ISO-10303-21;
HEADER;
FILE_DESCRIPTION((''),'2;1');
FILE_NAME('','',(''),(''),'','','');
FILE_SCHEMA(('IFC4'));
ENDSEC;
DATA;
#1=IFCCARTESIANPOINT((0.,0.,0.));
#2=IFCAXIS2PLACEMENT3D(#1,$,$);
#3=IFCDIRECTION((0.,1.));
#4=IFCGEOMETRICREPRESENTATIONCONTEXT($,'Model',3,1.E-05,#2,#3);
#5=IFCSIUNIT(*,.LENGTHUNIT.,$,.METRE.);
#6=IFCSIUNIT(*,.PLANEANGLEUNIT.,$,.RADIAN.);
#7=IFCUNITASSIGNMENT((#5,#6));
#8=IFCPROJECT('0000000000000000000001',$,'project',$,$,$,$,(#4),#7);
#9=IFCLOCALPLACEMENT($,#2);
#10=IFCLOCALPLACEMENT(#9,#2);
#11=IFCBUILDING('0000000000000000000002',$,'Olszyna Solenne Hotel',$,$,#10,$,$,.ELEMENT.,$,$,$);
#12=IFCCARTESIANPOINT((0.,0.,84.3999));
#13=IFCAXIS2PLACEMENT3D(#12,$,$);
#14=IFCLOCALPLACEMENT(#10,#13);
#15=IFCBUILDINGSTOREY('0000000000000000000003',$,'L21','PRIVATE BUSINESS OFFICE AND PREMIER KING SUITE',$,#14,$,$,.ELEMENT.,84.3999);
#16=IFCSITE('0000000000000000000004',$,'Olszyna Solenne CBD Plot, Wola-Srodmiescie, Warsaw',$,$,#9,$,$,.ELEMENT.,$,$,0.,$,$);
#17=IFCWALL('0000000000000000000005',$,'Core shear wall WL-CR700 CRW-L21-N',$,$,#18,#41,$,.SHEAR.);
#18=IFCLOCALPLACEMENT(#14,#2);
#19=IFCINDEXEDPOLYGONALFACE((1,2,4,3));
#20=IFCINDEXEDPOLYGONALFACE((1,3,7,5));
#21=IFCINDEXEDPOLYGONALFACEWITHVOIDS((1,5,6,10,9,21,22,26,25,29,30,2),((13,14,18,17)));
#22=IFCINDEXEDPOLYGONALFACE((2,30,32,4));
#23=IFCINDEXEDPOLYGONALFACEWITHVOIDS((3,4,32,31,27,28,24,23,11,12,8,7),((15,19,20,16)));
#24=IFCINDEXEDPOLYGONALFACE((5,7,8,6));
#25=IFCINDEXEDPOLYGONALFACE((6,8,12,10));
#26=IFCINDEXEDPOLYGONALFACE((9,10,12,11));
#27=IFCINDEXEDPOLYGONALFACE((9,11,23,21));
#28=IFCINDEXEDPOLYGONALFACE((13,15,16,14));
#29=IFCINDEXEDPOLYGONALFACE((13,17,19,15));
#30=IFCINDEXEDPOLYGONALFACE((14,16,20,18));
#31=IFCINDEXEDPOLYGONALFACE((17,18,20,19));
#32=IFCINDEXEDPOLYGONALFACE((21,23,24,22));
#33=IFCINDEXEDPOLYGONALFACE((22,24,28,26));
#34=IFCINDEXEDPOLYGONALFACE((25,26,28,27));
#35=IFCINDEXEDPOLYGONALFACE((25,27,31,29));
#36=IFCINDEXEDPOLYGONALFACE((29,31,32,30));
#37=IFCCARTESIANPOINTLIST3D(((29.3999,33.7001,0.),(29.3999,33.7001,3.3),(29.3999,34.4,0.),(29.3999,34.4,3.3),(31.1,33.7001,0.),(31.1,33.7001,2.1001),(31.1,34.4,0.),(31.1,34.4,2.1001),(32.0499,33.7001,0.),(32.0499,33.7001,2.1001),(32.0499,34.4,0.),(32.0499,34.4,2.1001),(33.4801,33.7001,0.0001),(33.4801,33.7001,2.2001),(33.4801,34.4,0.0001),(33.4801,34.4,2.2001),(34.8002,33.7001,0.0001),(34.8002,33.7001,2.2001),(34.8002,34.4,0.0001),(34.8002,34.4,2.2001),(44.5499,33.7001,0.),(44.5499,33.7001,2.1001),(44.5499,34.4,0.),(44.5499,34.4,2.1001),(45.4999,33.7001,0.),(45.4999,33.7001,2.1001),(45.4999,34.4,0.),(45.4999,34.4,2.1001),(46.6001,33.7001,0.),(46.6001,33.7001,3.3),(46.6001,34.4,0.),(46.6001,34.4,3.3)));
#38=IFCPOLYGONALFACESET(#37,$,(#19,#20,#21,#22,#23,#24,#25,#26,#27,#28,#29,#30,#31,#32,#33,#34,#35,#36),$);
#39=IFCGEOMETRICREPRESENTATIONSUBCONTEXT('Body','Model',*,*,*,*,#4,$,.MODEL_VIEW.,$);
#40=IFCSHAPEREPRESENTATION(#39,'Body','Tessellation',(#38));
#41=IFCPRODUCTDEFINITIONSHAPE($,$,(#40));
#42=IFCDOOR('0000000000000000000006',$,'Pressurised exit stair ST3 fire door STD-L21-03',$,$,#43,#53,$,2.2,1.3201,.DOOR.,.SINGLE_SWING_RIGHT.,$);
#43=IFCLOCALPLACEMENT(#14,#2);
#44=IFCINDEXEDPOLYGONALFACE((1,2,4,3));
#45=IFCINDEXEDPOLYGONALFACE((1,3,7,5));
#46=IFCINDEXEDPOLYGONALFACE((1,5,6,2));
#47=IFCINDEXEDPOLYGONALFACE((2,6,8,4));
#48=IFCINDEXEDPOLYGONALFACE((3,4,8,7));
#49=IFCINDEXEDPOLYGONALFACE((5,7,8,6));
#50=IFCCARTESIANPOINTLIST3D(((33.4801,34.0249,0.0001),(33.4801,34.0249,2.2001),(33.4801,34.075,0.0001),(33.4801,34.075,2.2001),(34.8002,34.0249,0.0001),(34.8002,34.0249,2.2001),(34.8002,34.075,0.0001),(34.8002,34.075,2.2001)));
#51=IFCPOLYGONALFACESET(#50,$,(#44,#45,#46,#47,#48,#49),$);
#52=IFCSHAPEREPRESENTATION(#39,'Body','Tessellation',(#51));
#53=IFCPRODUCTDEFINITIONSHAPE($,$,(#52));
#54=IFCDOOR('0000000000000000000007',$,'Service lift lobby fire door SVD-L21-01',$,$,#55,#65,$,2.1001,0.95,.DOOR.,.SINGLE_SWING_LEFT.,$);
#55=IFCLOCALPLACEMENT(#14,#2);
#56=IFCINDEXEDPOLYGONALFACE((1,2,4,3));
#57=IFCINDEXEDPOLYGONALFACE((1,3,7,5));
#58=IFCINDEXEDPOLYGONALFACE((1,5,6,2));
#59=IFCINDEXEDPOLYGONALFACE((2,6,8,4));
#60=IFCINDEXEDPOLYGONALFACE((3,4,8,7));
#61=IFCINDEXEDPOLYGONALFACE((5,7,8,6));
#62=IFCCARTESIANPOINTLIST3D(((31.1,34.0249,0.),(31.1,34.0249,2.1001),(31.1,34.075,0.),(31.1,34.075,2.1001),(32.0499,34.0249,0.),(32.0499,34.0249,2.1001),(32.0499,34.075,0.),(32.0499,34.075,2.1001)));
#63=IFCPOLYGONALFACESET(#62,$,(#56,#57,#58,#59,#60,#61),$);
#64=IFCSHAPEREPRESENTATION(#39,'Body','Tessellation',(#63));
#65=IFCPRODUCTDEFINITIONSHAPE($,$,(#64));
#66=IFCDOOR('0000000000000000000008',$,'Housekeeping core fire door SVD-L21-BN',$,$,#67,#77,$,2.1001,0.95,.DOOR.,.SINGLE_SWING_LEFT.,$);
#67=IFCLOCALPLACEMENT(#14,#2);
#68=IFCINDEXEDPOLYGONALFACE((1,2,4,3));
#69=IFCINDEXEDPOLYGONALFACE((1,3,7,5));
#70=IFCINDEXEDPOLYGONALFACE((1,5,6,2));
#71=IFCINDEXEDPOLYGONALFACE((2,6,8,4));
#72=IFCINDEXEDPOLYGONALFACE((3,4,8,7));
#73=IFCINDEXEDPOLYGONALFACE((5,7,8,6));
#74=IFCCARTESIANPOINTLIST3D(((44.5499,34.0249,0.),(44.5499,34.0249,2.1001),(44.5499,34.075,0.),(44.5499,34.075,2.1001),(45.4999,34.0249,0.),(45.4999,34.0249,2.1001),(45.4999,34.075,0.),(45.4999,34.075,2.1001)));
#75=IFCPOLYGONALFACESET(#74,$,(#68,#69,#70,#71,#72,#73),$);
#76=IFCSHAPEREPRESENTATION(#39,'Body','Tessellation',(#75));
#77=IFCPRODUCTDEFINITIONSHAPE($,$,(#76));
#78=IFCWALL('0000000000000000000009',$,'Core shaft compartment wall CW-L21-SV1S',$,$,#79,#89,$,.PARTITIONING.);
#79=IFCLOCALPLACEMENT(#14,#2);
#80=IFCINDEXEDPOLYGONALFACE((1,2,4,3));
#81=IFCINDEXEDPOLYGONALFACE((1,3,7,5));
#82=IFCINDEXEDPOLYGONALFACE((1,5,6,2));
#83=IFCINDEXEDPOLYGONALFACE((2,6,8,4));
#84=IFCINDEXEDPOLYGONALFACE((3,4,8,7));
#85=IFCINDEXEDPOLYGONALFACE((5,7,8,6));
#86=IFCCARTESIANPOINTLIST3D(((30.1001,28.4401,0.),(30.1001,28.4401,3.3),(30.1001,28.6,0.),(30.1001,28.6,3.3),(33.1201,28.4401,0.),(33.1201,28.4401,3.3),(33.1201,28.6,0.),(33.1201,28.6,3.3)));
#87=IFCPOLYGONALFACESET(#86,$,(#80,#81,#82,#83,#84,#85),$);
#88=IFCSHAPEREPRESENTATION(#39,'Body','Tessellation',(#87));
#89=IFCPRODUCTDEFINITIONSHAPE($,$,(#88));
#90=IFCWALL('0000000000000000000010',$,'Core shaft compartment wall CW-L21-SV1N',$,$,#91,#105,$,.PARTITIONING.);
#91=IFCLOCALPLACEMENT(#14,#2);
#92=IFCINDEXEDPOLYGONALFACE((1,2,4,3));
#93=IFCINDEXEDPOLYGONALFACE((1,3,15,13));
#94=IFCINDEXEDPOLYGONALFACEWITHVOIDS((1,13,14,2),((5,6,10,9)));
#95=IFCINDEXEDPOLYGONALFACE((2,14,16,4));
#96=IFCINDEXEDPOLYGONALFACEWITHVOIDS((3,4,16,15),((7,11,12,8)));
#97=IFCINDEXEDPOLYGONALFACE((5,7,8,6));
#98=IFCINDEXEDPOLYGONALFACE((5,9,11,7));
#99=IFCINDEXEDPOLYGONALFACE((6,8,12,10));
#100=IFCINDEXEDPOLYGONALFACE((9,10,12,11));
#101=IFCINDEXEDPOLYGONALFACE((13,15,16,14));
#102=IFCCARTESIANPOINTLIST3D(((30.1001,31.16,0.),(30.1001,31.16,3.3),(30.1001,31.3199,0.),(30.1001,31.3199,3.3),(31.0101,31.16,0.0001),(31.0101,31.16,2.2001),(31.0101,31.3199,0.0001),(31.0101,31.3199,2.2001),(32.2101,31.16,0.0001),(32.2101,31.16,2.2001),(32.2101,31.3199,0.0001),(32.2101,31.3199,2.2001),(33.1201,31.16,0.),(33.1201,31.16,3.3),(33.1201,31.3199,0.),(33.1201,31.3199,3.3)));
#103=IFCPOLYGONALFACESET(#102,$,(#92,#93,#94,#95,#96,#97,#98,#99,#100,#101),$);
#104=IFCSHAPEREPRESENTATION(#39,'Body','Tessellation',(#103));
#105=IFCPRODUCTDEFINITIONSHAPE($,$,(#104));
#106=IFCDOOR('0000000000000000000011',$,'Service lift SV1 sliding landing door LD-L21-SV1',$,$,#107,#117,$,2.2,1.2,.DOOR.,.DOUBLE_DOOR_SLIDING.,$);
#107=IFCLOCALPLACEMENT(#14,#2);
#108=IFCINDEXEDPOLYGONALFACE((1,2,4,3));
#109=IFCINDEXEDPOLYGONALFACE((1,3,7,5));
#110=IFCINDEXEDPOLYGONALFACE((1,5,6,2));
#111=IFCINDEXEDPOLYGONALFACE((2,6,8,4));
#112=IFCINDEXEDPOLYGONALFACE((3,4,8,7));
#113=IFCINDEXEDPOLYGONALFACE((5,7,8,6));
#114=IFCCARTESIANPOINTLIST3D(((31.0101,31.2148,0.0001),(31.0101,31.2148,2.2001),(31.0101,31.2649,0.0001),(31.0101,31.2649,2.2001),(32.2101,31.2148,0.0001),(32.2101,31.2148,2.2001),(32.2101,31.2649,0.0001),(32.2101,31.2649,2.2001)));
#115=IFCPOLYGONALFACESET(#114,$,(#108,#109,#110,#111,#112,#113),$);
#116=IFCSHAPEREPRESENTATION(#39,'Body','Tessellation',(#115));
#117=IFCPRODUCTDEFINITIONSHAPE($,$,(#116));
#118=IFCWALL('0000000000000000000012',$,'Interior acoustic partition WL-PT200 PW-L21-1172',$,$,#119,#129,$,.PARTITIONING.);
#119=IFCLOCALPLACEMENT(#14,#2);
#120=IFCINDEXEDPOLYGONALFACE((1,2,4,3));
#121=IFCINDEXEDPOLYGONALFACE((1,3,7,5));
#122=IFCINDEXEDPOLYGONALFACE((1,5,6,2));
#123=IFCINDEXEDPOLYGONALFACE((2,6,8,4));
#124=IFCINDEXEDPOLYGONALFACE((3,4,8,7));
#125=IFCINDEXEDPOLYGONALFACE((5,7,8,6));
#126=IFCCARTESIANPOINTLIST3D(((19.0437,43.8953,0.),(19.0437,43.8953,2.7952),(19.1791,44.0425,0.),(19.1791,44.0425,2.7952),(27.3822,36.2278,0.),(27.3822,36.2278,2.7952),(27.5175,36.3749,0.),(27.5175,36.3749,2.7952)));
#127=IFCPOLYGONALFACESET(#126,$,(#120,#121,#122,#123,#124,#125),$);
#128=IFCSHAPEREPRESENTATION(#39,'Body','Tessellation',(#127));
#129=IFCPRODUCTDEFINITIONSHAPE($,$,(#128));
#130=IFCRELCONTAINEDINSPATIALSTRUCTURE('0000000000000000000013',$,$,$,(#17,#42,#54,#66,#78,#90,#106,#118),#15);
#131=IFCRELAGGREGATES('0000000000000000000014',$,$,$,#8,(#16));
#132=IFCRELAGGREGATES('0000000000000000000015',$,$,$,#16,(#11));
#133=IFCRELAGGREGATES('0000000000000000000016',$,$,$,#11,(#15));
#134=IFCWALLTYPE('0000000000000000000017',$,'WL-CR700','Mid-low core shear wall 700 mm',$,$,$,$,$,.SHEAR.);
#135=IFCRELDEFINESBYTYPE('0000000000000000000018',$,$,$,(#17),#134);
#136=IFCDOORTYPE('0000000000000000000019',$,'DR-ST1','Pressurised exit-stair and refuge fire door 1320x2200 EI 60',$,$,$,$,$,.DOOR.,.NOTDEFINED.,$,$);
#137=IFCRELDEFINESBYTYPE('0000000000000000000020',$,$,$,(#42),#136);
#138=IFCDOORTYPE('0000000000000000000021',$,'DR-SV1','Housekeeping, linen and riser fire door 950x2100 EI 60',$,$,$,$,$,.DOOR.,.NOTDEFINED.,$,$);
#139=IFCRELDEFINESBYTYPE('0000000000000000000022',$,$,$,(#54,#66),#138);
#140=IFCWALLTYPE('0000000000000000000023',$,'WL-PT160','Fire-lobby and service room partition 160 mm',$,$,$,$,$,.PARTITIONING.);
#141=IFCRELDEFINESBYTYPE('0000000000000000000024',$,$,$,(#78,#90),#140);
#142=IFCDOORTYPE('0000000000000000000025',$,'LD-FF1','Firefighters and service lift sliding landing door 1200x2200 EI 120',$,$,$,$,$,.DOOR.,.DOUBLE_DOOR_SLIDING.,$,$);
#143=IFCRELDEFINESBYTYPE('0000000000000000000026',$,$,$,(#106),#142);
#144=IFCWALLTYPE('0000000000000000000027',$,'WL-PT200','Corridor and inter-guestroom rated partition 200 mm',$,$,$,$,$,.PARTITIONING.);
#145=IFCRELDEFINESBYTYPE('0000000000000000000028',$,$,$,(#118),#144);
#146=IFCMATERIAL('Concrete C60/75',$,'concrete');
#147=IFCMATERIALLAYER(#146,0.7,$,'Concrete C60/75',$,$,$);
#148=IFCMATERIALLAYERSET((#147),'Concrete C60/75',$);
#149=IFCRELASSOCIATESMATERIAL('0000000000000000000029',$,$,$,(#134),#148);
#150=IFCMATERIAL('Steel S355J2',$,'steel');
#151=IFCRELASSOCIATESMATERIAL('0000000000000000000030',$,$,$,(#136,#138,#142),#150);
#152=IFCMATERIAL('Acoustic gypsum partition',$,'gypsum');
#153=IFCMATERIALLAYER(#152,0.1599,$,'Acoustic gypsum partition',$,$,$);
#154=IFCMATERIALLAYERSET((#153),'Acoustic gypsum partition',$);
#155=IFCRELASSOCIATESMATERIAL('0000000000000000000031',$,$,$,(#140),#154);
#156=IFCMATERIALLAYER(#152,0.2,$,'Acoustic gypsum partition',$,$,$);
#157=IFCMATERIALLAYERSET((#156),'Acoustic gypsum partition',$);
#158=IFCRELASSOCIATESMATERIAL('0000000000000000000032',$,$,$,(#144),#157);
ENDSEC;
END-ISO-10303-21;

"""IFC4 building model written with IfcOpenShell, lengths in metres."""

from ifc_helpers import new_model, si_unit, direction, frame, frame_2d, origin, place, context, subcontext, project, spatial, rectangle, extrude, source, transform, mapped, material, layer, layer_set, type_object, type_shapes, element, fill, save


model = new_model("IFC4")

# Units and contexts
model_context = context("Model", 3, precision=1e-05, world=origin(), true_north=direction((0.0, 1.0)))
body_context = subcontext(model_context, "Body", "Model", "MODEL_VIEW")
ifc_project = project(units=[si_unit("LENGTHUNIT", "METRE"), si_unit("PLANEANGLEUNIT", "RADIAN")], contexts=[model_context])

# Site, building, storey
site_placement = place(None, origin())
site = spatial("IfcSite", under=ifc_project, at=site_placement, Name="Olszyna Solenne CBD Plot, Wola-Srodmiescie, Warsaw", CompositionType="ELEMENT", RefElevation=0.0)
building_placement = place(site_placement, origin())
building = spatial("IfcBuilding", under=site, at=building_placement, Name="Olszyna Solenne Hotel", CompositionType="ELEMENT")
storey_placement = place(building_placement, frame((0.0, 0.0, 84.3999)))
storey = spatial("IfcBuildingStorey", under=building, at=storey_placement, Name="L21", Description="PRIVATE BUSINESS OFFICE AND PREMIER KING SUITE", CompositionType="ELEMENT", Elevation=84.3999)

# Shared definitions
ifc_material_1 = material(Name="Steel S355J2", Category="steel")

# Wall, openings, doors
ifc_material_2 = material(Name="Concrete C60/75", Category="concrete")
ifc_layer_1 = layer(ifc_material_2, 0.7, Name="Concrete C60/75")
ifc_layer_set_1 = layer_set([ifc_layer_1], Name="Concrete C60/75")
wall_type_1 = type_object("IfcWallType", Name="WL-CR700", Description="Mid-low core shear wall 700 mm", PredefinedType="SHEAR", material=ifc_layer_set_1)
wall_1_placement = place(storey_placement, frame((29.3999, 34.05, 0.0), z_axis=(0.0, 0.0, 1.0), x_axis=(1.0, 0.0, 0.0)))
wall_1 = element("IfcWall", 1, at=wall_1_placement, inside=storey, type_object=wall_type_1, Name="Core shear wall WL-CR700 CRW-L21-N", PredefinedType="SHEAR", context=body_context, shape_type="SweptSolid", body=[
    extrude(rectangle(XDim=17.2002, YDim=0.7, at=frame_2d((8.6001, 0.0))), origin(), (0.0, 0.0, 1.0), 3.3),
])
opening_1_placement = place(wall_1_placement, frame((1.7, 0.0, 0.0)))
opening_1 = element("IfcOpeningElement", 2, at=opening_1_placement, cuts=wall_1, PredefinedType="OPENING", context=body_context, shape_type="SweptSolid", body=[
    extrude(rectangle(XDim=0.95, YDim=2.1001, at=frame_2d((0.4751, 1.05))), frame((0.0, 0.3599, 0.0), z_axis=(0.0, -1.0, 0.0), x_axis=(1.0, 0.0, 0.0)), (0.0, 0.0, 1.0), 0.72),
])
opening_2_placement = place(wall_1_placement, frame((4.0801, 0.0, 0.0)))
opening_2 = element("IfcOpeningElement", 3, at=opening_2_placement, cuts=wall_1, PredefinedType="OPENING", context=body_context, shape_type="SweptSolid", body=[
    extrude(rectangle(XDim=1.3201, YDim=2.2, at=frame_2d((0.6602, 1.1001))), frame((0.0, 0.3599, 0.0), z_axis=(0.0, -1.0, 0.0), x_axis=(1.0, 0.0, 0.0)), (0.0, 0.0, 1.0), 0.72),
])
opening_3_placement = place(wall_1_placement, frame((15.1499, 0.0, 0.0)))
opening_3 = element("IfcOpeningElement", 4, at=opening_3_placement, cuts=wall_1, PredefinedType="OPENING", context=body_context, shape_type="SweptSolid", body=[
    extrude(rectangle(XDim=0.95, YDim=2.1001, at=frame_2d((0.4751, 1.05))), frame((0.0, 0.3599, 0.0), z_axis=(0.0, -1.0, 0.0), x_axis=(1.0, 0.0, 0.0)), (0.0, 0.0, 1.0), 0.72),
])
door_type_1 = type_object("IfcDoorType", Name="DR-ST1", Description="Pressurised exit-stair and refuge fire door 1320x2200 EI 60", OperationType="NOTDEFINED", PredefinedType="DOOR", material=ifc_material_1)
shared_shape_1 = source(origin(), body_context, "Body", "SweptSolid", [
    extrude(rectangle(XDim=1.3201, YDim=2.2, at=frame_2d((0.6602, 1.1001))), frame((0.0, 0.0249, 0.0), z_axis=(0.0, -1.0, 0.0), x_axis=(1.0, 0.0, 0.0)), (0.0, 0.0, 1.0), 0.05),
])
type_shapes(door_type_1, [shared_shape_1])
door_1_placement = place(opening_2_placement, origin())
door_1 = element("IfcDoor", 5, at=door_1_placement, inside=storey, type_object=door_type_1, Name="Pressurised exit stair ST3 fire door STD-L21-03", OperationType="SINGLE_SWING_RIGHT", OverallHeight=2.2, OverallWidth=1.3201, PredefinedType="DOOR", context=body_context, shape_type="MappedRepresentation", body=[
    mapped(shared_shape_1, transform((0.0, 0.0, 0.0), x_axis=(1.0, 0.0, 0.0), y_axis=(0.0, 1.0, 0.0), z_axis=(0.0, 0.0, 1.0), scale=1.0)),
])
fill(opening_2, door_1)
door_type_2 = type_object("IfcDoorType", Name="DR-SV1", Description="Housekeeping, linen and riser fire door 950x2100 EI 60", OperationType="NOTDEFINED", PredefinedType="DOOR", material=ifc_material_1)
shared_shape_2 = source(origin(), body_context, "Body", "SweptSolid", [
    extrude(rectangle(XDim=0.95, YDim=2.1001, at=frame_2d((0.4751, 1.05))), frame((0.0, 0.0249, 0.0), z_axis=(0.0, -1.0, 0.0), x_axis=(1.0, 0.0, 0.0)), (0.0, 0.0, 1.0), 0.05),
])
type_shapes(door_type_2, [shared_shape_2])
door_2_placement = place(opening_1_placement, origin())
door_2 = element("IfcDoor", 6, at=door_2_placement, inside=storey, type_object=door_type_2, Name="Service lift lobby fire door SVD-L21-01", OperationType="SINGLE_SWING_LEFT", OverallHeight=2.1001, OverallWidth=0.95, PredefinedType="DOOR", context=body_context, shape_type="MappedRepresentation", body=[
    mapped(shared_shape_2, transform((0.0, 0.0, 0.0), x_axis=(1.0, 0.0, 0.0), y_axis=(0.0, 1.0, 0.0), z_axis=(0.0, 0.0, 1.0), scale=1.0)),
])
fill(opening_1, door_2)
door_3_placement = place(opening_3_placement, origin())
door_3 = element("IfcDoor", 7, at=door_3_placement, inside=storey, type_object=door_type_2, Name="Housekeeping core fire door SVD-L21-BN", OperationType="SINGLE_SWING_LEFT", OverallHeight=2.1001, OverallWidth=0.95, PredefinedType="DOOR", context=body_context, shape_type="MappedRepresentation", body=[
    mapped(shared_shape_2, transform((0.0, 0.0, 0.0), x_axis=(1.0, 0.0, 0.0), y_axis=(0.0, 1.0, 0.0), z_axis=(0.0, 0.0, 1.0), scale=1.0)),
])
fill(opening_3, door_3)

# Wall
ifc_material_3 = material(Name="Acoustic gypsum partition", Category="gypsum")
ifc_layer_2 = layer(ifc_material_3, 0.1599, Name="Acoustic gypsum partition")
ifc_layer_set_2 = layer_set([ifc_layer_2], Name="Acoustic gypsum partition")
wall_type_2 = type_object("IfcWallType", Name="WL-PT160", Description="Fire-lobby and service room partition 160 mm", PredefinedType="PARTITIONING", material=ifc_layer_set_2)
wall_2_placement = place(storey_placement, frame((30.1001, 28.52, 0.0), z_axis=(0.0, 0.0, 1.0), x_axis=(1.0, 0.0, 0.0)))
element("IfcWall", 8, at=wall_2_placement, inside=storey, type_object=wall_type_2, Name="Core shaft compartment wall CW-L21-SV1S", PredefinedType="PARTITIONING", context=body_context, shape_type="SweptSolid", body=[
    extrude(rectangle(XDim=3.02, YDim=0.1599, at=frame_2d((1.51, 0.0))), origin(), (0.0, 0.0, 1.0), 3.3),
])

# Wall, opening, door
wall_3_placement = place(storey_placement, frame((30.1001, 31.24, 0.0), z_axis=(0.0, 0.0, 1.0), x_axis=(1.0, 0.0, 0.0)))
wall_3 = element("IfcWall", 9, at=wall_3_placement, inside=storey, type_object=wall_type_2, Name="Core shaft compartment wall CW-L21-SV1N", PredefinedType="PARTITIONING", context=body_context, shape_type="SweptSolid", body=[
    extrude(rectangle(XDim=3.02, YDim=0.1599, at=frame_2d((1.51, 0.0))), origin(), (0.0, 0.0, 1.0), 3.3),
])
opening_4_placement = place(wall_3_placement, frame((0.9099, 0.0, 0.0)))
opening_4 = element("IfcOpeningElement", 10, at=opening_4_placement, cuts=wall_3, PredefinedType="OPENING", context=body_context, shape_type="SweptSolid", body=[
    extrude(rectangle(XDim=1.2, YDim=2.2, at=frame_2d((0.6001, 1.1001))), frame((0.0, 0.0898, 0.0), z_axis=(0.0, -1.0, 0.0), x_axis=(1.0, 0.0, 0.0)), (0.0, 0.0, 1.0), 0.1799),
])
door_type_3 = type_object("IfcDoorType", Name="LD-FF1", Description="Firefighters and service lift sliding landing door 1200x2200 EI 120", OperationType="DOUBLE_DOOR_SLIDING", PredefinedType="DOOR", material=ifc_material_1)
shared_shape_3 = source(origin(), body_context, "Body", "SweptSolid", [
    extrude(rectangle(XDim=1.2, YDim=2.2, at=frame_2d((0.6001, 1.1001))), frame((0.0, 0.0249, 0.0), z_axis=(0.0, -1.0, 0.0), x_axis=(1.0, 0.0, 0.0)), (0.0, 0.0, 1.0), 0.05),
])
type_shapes(door_type_3, [shared_shape_3])
door_4_placement = place(opening_4_placement, origin())
door_4 = element("IfcDoor", 11, at=door_4_placement, inside=storey, type_object=door_type_3, Name="Service lift SV1 sliding landing door LD-L21-SV1", OperationType="DOUBLE_DOOR_SLIDING", OverallHeight=2.2, OverallWidth=1.2, PredefinedType="DOOR", context=body_context, shape_type="MappedRepresentation", body=[
    mapped(shared_shape_3, transform((0.0, 0.0, 0.0), x_axis=(1.0, 0.0, 0.0), y_axis=(0.0, 1.0, 0.0), z_axis=(0.0, 0.0, 1.0), scale=1.0)),
])
fill(opening_4, door_4)

# Wall
ifc_layer_3 = layer(ifc_material_3, 0.2, Name="Acoustic gypsum partition")
ifc_layer_set_3 = layer_set([ifc_layer_3], Name="Acoustic gypsum partition")
wall_type_3 = type_object("IfcWallType", Name="WL-PT200", Description="Corridor and inter-guestroom rated partition 200 mm", PredefinedType="PARTITIONING", material=ifc_layer_set_3)
wall_4_placement = place(storey_placement, frame((27.45, 36.3013, 0.0), z_axis=(0.0, 0.0, 1.0), x_axis=(-0.736099, 0.676873, 0.0)))
element("IfcWall", 12, at=wall_4_placement, inside=storey, type_object=wall_type_3, Name="Interior acoustic partition WL-PT200 PW-L21-1172", PredefinedType="PARTITIONING", context=body_context, shape_type="SweptSolid", body=[
    extrude(rectangle(XDim=11.3279, YDim=0.2, at=frame_2d((5.6641, 0.0))), origin(), (0.0, 0.0, 1.0), 2.7952),
])

save(model, "model.ifc")
